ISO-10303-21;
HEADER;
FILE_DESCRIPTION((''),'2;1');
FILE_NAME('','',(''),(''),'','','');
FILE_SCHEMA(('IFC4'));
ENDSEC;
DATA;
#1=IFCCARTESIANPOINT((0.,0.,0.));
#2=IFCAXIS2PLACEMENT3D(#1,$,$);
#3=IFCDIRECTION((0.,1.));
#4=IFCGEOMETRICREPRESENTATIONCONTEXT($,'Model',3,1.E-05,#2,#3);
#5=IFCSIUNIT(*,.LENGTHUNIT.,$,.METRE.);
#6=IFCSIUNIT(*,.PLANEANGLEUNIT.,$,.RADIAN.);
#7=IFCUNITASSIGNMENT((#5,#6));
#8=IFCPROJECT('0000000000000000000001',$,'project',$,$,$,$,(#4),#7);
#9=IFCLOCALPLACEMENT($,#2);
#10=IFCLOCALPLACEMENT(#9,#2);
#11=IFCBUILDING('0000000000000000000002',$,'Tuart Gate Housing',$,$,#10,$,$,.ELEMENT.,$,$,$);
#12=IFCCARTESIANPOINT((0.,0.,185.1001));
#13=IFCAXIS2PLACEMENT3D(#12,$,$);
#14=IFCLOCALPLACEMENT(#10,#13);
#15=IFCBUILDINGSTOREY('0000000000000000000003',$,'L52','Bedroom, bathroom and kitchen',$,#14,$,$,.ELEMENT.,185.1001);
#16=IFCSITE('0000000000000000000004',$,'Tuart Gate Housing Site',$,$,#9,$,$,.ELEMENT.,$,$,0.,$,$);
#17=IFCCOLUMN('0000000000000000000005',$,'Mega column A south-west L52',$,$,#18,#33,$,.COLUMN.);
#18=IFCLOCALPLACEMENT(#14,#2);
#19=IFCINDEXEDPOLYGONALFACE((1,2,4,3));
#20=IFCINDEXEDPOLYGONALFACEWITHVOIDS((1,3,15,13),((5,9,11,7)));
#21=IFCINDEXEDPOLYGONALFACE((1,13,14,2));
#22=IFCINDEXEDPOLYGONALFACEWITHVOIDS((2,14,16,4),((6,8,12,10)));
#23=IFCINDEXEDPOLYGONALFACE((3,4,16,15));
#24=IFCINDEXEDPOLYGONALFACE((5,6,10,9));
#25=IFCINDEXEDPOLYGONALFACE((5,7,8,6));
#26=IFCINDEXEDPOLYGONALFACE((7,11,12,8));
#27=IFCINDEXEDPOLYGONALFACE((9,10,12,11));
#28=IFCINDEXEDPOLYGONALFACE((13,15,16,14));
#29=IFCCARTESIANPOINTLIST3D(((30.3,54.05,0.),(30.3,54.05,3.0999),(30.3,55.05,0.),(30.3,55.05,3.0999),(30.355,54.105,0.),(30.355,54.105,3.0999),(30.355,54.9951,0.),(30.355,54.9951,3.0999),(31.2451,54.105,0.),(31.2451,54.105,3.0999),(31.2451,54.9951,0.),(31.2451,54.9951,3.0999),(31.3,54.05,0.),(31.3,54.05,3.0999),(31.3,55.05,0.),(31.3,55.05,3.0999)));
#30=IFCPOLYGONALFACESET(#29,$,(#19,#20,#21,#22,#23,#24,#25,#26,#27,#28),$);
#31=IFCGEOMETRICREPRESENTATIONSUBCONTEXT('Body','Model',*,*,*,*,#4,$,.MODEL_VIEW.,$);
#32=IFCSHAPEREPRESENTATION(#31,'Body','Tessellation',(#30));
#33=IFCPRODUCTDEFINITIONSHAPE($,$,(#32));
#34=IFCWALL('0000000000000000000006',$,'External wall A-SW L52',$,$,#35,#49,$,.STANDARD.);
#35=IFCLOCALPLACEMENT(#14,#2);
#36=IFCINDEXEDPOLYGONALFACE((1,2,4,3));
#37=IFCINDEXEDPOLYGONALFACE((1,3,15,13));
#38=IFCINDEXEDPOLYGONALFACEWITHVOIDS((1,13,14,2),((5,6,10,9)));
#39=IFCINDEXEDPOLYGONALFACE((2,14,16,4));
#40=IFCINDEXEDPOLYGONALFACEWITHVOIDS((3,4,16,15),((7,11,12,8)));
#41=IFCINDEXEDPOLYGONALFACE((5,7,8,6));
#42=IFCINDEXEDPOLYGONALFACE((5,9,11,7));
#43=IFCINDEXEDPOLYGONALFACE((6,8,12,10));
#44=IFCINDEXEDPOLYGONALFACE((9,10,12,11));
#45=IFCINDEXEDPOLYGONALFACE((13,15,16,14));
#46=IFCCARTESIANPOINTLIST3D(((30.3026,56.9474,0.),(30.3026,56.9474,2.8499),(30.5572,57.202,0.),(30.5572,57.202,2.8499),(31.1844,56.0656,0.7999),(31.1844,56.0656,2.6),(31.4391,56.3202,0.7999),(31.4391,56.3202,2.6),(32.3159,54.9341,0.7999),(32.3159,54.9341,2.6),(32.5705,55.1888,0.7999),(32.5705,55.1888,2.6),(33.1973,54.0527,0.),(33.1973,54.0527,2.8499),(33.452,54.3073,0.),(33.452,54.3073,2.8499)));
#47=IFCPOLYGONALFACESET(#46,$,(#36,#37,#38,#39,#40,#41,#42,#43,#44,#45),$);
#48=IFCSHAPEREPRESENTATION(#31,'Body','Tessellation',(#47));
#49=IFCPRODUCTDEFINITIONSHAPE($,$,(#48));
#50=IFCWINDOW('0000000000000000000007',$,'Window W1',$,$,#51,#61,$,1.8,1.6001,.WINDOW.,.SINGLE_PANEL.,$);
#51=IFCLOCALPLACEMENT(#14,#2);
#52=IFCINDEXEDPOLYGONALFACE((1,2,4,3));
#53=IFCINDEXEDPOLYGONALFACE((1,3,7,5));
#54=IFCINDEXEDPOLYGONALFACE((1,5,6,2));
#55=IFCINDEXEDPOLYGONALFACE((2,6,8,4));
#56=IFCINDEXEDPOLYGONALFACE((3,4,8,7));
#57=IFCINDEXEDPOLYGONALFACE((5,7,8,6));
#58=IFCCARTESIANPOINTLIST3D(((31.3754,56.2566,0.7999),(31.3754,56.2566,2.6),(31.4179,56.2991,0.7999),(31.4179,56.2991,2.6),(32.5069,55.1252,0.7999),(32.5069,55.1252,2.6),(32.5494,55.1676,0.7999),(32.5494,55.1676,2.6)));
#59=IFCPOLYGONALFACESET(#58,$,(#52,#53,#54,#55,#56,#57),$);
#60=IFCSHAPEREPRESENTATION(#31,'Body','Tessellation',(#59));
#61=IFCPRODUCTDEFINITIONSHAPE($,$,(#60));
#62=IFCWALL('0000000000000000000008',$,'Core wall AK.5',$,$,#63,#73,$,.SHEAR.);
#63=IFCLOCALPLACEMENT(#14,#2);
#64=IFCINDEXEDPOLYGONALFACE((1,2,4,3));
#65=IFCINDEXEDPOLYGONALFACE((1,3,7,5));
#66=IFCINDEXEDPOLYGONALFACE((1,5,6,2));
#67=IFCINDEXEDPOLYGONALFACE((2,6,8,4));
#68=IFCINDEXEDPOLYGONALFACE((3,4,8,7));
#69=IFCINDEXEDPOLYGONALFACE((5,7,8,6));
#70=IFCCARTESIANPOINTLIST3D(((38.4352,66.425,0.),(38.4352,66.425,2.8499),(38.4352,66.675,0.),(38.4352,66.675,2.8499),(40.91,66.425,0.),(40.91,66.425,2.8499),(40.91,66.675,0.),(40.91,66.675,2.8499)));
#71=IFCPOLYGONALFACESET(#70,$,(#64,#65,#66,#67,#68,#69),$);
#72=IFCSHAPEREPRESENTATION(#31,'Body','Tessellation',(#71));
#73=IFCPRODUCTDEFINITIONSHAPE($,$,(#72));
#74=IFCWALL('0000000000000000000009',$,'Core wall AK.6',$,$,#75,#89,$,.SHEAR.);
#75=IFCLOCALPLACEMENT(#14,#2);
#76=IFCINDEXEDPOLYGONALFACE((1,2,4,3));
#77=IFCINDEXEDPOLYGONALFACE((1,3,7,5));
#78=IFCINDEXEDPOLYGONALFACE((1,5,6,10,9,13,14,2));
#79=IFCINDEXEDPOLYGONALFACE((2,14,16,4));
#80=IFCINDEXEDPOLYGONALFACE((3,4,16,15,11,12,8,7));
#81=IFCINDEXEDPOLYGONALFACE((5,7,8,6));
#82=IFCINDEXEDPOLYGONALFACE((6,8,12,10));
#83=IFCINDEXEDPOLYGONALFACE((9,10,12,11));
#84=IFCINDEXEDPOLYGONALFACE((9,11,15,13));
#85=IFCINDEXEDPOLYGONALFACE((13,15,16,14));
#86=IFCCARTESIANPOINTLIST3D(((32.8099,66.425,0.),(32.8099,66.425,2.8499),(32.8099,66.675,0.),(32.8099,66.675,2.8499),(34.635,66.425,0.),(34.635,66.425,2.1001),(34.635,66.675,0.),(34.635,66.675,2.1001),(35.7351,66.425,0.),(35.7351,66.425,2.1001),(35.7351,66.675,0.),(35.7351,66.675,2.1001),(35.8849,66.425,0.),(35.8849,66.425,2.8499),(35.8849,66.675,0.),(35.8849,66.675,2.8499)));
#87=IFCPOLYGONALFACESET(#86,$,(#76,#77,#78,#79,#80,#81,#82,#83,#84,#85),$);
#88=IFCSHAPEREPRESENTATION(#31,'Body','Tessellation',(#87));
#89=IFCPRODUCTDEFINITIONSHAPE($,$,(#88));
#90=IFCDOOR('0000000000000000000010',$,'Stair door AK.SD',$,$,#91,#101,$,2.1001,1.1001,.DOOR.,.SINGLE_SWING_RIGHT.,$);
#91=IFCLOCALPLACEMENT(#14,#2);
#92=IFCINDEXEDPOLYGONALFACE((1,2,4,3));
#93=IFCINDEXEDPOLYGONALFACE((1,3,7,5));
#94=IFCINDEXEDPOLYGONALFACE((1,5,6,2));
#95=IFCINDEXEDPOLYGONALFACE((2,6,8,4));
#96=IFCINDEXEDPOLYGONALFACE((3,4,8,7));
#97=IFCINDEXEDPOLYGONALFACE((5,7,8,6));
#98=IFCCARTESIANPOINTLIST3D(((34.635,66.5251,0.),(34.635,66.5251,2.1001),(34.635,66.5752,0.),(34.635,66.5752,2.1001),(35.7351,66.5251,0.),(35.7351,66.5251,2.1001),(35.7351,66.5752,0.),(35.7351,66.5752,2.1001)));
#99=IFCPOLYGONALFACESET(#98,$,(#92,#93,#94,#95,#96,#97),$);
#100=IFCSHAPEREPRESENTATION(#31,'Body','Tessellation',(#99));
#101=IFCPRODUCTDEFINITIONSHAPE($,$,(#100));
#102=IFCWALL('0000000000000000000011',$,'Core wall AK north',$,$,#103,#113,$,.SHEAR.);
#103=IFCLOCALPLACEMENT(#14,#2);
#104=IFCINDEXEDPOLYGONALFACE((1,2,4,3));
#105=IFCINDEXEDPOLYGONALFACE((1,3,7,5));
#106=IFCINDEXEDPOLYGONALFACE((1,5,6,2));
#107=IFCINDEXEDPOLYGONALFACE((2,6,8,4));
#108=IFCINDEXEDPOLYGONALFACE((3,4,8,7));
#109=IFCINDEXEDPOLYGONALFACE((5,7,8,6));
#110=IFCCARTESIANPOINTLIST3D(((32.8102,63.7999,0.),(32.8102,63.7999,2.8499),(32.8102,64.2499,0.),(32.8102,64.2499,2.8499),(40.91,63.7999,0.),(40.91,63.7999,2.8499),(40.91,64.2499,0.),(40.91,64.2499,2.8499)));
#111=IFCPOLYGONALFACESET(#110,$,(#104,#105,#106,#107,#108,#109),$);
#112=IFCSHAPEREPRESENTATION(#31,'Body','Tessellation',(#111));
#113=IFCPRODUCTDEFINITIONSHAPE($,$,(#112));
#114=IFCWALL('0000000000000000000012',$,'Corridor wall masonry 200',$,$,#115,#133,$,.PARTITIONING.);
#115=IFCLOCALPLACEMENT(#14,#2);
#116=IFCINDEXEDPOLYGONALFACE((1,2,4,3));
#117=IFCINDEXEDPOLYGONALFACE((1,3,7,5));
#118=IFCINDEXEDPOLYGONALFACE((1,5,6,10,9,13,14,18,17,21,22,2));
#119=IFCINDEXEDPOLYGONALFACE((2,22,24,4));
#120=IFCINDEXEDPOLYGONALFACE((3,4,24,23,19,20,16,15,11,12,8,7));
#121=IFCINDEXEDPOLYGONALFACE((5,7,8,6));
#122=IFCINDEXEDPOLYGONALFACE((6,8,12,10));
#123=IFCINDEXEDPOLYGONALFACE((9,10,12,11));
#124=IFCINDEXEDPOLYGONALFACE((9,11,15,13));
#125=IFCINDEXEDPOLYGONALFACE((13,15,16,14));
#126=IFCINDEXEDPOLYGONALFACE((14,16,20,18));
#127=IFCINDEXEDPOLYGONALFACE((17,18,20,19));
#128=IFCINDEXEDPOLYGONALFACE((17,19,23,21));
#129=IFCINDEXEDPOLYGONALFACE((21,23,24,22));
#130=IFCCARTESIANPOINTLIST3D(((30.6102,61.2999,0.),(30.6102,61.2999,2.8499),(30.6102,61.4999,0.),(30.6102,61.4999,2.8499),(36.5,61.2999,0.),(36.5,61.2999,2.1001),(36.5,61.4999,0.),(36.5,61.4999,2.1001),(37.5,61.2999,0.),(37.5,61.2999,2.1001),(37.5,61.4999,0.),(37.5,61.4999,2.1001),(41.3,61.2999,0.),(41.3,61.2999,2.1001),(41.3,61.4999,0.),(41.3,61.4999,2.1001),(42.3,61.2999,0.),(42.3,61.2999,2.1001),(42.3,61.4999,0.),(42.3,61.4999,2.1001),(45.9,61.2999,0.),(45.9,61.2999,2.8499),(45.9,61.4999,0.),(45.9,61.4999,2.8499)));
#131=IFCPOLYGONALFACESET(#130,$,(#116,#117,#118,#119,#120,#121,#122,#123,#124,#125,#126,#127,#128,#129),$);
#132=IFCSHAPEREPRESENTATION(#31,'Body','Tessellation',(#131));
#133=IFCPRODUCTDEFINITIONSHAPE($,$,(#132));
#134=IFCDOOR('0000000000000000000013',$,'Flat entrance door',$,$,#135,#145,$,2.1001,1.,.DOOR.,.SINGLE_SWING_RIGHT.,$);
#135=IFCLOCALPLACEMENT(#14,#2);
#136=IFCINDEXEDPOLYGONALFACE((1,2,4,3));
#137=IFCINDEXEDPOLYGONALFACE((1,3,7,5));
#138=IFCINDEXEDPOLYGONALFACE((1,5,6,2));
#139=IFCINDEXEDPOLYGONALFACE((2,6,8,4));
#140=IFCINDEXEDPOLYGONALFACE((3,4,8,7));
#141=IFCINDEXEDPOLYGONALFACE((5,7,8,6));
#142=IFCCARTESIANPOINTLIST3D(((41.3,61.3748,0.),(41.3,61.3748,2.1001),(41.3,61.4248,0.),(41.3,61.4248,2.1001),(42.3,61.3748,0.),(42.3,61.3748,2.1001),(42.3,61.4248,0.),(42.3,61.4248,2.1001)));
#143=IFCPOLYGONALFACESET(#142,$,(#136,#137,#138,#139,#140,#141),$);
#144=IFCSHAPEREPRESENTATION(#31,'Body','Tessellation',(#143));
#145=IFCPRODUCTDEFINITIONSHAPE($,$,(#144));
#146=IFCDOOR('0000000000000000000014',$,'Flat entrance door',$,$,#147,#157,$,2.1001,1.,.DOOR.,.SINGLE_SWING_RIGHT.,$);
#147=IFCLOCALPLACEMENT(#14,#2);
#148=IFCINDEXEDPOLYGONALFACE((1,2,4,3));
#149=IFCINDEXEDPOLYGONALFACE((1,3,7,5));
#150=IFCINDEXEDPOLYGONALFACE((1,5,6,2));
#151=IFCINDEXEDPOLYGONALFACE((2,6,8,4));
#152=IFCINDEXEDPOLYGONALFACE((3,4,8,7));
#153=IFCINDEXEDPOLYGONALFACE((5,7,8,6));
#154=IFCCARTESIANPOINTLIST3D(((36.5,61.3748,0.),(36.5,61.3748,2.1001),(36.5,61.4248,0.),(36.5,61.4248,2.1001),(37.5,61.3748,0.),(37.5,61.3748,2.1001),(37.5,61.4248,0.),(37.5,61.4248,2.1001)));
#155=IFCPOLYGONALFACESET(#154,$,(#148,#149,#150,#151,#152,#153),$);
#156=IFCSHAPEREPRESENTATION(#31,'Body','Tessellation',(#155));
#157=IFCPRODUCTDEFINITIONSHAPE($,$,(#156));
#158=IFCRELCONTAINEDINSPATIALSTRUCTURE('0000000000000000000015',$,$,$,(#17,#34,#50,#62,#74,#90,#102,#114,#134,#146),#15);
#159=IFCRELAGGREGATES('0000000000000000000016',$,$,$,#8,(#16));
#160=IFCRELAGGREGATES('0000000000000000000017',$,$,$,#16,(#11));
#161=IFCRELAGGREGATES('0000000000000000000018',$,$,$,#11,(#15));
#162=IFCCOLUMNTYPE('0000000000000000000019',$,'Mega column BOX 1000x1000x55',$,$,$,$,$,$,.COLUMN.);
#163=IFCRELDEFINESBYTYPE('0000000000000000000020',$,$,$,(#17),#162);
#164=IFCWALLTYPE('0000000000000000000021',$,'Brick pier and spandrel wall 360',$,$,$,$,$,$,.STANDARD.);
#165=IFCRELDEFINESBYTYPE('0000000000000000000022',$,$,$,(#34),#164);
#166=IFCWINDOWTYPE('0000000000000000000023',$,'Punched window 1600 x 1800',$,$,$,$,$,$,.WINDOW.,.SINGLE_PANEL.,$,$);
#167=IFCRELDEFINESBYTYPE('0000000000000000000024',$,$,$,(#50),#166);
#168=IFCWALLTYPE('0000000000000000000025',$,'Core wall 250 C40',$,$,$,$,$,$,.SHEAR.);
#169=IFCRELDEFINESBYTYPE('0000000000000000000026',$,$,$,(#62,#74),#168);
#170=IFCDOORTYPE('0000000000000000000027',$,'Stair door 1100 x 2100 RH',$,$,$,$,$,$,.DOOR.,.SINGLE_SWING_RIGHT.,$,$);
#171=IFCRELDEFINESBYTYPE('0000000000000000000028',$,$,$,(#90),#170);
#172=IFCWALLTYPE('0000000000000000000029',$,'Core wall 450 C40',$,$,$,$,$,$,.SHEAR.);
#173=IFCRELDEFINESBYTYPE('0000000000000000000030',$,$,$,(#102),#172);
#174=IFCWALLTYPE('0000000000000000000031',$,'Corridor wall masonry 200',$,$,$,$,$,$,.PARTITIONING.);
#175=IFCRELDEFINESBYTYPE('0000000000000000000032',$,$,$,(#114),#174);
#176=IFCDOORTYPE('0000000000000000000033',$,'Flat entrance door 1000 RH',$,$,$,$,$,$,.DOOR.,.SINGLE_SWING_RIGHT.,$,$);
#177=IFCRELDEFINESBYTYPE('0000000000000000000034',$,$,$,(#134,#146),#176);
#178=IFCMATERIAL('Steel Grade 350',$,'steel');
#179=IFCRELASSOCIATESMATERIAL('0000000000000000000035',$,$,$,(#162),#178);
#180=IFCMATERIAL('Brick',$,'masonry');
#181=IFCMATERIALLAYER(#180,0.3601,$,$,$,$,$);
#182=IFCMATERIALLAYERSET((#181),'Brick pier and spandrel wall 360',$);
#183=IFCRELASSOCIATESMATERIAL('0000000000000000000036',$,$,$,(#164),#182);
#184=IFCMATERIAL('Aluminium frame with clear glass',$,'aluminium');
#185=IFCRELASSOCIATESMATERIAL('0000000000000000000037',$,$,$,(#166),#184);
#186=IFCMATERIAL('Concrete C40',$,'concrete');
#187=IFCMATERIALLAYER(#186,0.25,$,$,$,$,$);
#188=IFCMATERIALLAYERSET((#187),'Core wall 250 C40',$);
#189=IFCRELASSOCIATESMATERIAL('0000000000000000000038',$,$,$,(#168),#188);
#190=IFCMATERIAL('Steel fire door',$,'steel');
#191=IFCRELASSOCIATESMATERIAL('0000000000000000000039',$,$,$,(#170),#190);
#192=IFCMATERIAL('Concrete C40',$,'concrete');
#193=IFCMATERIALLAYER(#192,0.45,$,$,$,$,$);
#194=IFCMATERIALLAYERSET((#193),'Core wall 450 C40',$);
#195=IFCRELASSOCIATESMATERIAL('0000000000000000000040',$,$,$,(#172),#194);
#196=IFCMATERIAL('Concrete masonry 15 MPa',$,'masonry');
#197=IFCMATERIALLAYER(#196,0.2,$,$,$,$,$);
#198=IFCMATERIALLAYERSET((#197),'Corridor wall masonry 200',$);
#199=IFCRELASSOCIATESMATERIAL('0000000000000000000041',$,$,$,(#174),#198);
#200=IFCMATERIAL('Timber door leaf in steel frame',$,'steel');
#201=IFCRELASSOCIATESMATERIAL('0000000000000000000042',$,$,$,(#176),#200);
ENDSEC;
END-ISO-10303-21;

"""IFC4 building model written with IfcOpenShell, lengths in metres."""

from ifc_helpers import new_model, si_unit, direction, frame, frame_2d, origin, origin_2d, place, context, subcontext, project, spatial, rectangle, hollow_rectangle, extrude, material, layer, layer_set, material_profile, profile_set, type_object, element, fill, save


model = new_model("IFC4")

# Units and contexts
model_context = context("Model", 3, precision=1e-05, world=origin(), true_north=direction((0.0, 1.0)))
body_context = subcontext(model_context, "Body", "Model", "MODEL_VIEW")
ifc_project = project(units=[si_unit("LENGTHUNIT", "METRE"), si_unit("PLANEANGLEUNIT", "RADIAN")], contexts=[model_context])

# Site, building, storey
site_placement = place(None, origin())
site = spatial("IfcSite", under=ifc_project, at=site_placement, Name="Tuart Gate Housing Site", CompositionType="ELEMENT", RefElevation=0.0)
building_placement = place(site_placement, origin())
building = spatial("IfcBuilding", under=site, at=building_placement, Name="Tuart Gate Housing", CompositionType="ELEMENT")
storey_placement = place(building_placement, frame((0.0, 0.0, 185.1001)))
storey = spatial("IfcBuildingStorey", under=building, at=storey_placement, Name="L52", Description="Bedroom, bathroom and kitchen", CompositionType="ELEMENT", Elevation=185.1001)

# Column
ifc_material_1 = material(Name="Steel Grade 350", Category="steel")
ifc_material_profile = material_profile(ifc_material_1, hollow_rectangle(XDim=1.0, YDim=1.0, WallThickness=0.0549, at=origin_2d()), Name="BOX 1000x1000x55")
ifc_profile_set = profile_set([ifc_material_profile], Name="Steel Grade 350")
column_type = type_object("IfcColumnType", Name="Mega column BOX 1000x1000x55", PredefinedType="COLUMN", material=ifc_profile_set)
column_placement = place(storey_placement, frame((30.8, 54.55, 0.0), z_axis=(0.0, 0.0, 1.0), x_axis=(1.0, 0.0, 0.0)))
element("IfcColumn", 1, at=column_placement, inside=storey, type_object=column_type, Name="Mega column A south-west L52", PredefinedType="COLUMN", context=body_context, shape_type="SweptSolid", body=[
    extrude(hollow_rectangle(XDim=1.0, YDim=1.0, WallThickness=0.0549, at=origin_2d()), origin(), (0.0, 0.0, 1.0), 3.0999),
])

# Wall, opening, window
ifc_material_2 = material(Name="Brick", Category="masonry")
ifc_layer_1 = layer(ifc_material_2, 0.3601)
ifc_layer_set_1 = layer_set([ifc_layer_1], Name="Brick pier and spandrel wall 360")
wall_type_1 = type_object("IfcWallType", Name="Brick pier and spandrel wall 360", PredefinedType="STANDARD", material=ifc_layer_set_1)
wall_1_placement = place(storey_placement, frame((30.4299, 57.0747, 0.0), z_axis=(0.0, 0.0, 1.0), x_axis=(0.707107, -0.707107, 0.0)))
wall_1 = element("IfcWall", 2, at=wall_1_placement, inside=storey, type_object=wall_type_1, Name="External wall A-SW L52", PredefinedType="STANDARD", context=body_context, shape_type="SweptSolid", body=[
    extrude(rectangle(XDim=4.0938, YDim=0.3601, at=frame_2d((2.0469, 0.0))), origin(), (0.0, 0.0, 1.0), 2.8499),
])
opening_1_placement = place(wall_1_placement, frame((1.2471, 0.0, 0.8)))
opening_1 = element("IfcOpeningElement", 3, at=opening_1_placement, cuts=wall_1, PredefinedType="OPENING", context=body_context, shape_type="SweptSolid", body=[
    extrude(rectangle(XDim=1.6001, YDim=1.8, at=frame_2d((0.8, 0.8999))), frame((0.0, 0.1899, 0.0), z_axis=(0.0, -1.0, 0.0), x_axis=(1.0, 0.0, 0.0)), (0.0, 0.0, 1.0), 0.3801),
])
ifc_material_3 = material(Name="Aluminium frame with clear glass", Category="aluminium")
window_type = type_object("IfcWindowType", Name="Punched window 1600 x 1800", PartitioningType="SINGLE_PANEL", PredefinedType="WINDOW", material=ifc_material_3)
window_placement = place(opening_1_placement, origin())
window = element("IfcWindow", 4, at=window_placement, inside=storey, type_object=window_type, Name="Window W1", OverallHeight=1.8, OverallWidth=1.6001, PartitioningType="SINGLE_PANEL", PredefinedType="WINDOW", context=body_context, shape_type="SweptSolid", body=[
    extrude(rectangle(XDim=1.6001, YDim=1.8, at=frame_2d((0.8, 0.8999))), frame((0.0, 0.1501, 0.0), z_axis=(0.0, -1.0, 0.0), x_axis=(1.0, 0.0, 0.0)), (0.0, 0.0, 1.0), 0.0601),
])
fill(opening_1, window)

# Wall
ifc_material_4 = material(Name="Concrete C40", Category="concrete")
ifc_layer_2 = layer(ifc_material_4, 0.25)
ifc_layer_set_2 = layer_set([ifc_layer_2], Name="Core wall 250 C40")
wall_type_2 = type_object("IfcWallType", Name="Core wall 250 C40", PredefinedType="SHEAR", material=ifc_layer_set_2)
wall_2_placement = place(storey_placement, frame((40.9099, 66.55, 0.0), z_axis=(0.0, 0.0, 1.0), x_axis=(-1.0, 0.0, 0.0)))
element("IfcWall", 5, at=wall_2_placement, inside=storey, type_object=wall_type_2, Name="Core wall AK.5", PredefinedType="SHEAR", context=body_context, shape_type="SweptSolid", body=[
    extrude(rectangle(XDim=2.4749, YDim=0.25, at=frame_2d((1.2373, 0.0))), origin(), (0.0, 0.0, 1.0), 2.8499),
])

# Wall, opening, door
wall_3_placement = place(storey_placement, frame((35.885, 66.55, 0.0), z_axis=(0.0, 0.0, 1.0), x_axis=(-1.0, 0.0, 0.0)))
wall_3 = element("IfcWall", 6, at=wall_3_placement, inside=storey, type_object=wall_type_2, Name="Core wall AK.6", PredefinedType="SHEAR", context=body_context, shape_type="SweptSolid", body=[
    extrude(rectangle(XDim=3.075, YDim=0.25, at=frame_2d((1.5376, 0.0))), origin(), (0.0, 0.0, 1.0), 2.8499),
])
opening_2_placement = place(wall_3_placement, frame((0.1499, 0.0, 0.0)))
opening_2 = element("IfcOpeningElement", 7, at=opening_2_placement, cuts=wall_3, PredefinedType="OPENING", context=body_context, shape_type="SweptSolid", body=[
    extrude(rectangle(XDim=1.1001, YDim=2.1001, at=frame_2d((0.55, 1.05))), frame((0.0, 0.135, 0.0), z_axis=(0.0, -1.0, 0.0), x_axis=(1.0, 0.0, 0.0)), (0.0, 0.0, 1.0), 0.27),
])
ifc_material_5 = material(Name="Steel fire door", Category="steel")
door_type_1 = type_object("IfcDoorType", Name="Stair door 1100 x 2100 RH", OperationType="SINGLE_SWING_RIGHT", PredefinedType="DOOR", material=ifc_material_5)
door_1_placement = place(opening_2_placement, frame((1.1001, 0.0, 0.0), z_axis=(0.0, 0.0, 1.0), x_axis=(-1.0, 0.0, 0.0)))
door_1 = element("IfcDoor", 8, at=door_1_placement, inside=storey, type_object=door_type_1, Name="Stair door AK.SD", OperationType="SINGLE_SWING_RIGHT", OverallHeight=2.1001, OverallWidth=1.1001, PredefinedType="DOOR", context=body_context, shape_type="SweptSolid", body=[
    extrude(rectangle(XDim=1.1001, YDim=2.1001, at=frame_2d((0.55, 1.05))), frame((0.0, 0.0251, 0.0), z_axis=(0.0, -1.0, 0.0), x_axis=(1.0, 0.0, 0.0)), (0.0, 0.0, 1.0), 0.05),
])
fill(opening_2, door_1)

# Wall
ifc_material_6 = material(Name="Concrete C40", Category="concrete")
ifc_layer_3 = layer(ifc_material_6, 0.45)
ifc_layer_set_3 = layer_set([ifc_layer_3], Name="Core wall 450 C40")
wall_type_3 = type_object("IfcWallType", Name="Core wall 450 C40", PredefinedType="SHEAR", material=ifc_layer_set_3)
wall_4_placement = place(storey_placement, frame((40.9099, 64.0249, 0.0), z_axis=(0.0, 0.0, 1.0), x_axis=(-1.0, 0.0, 0.0)))
element("IfcWall", 9, at=wall_4_placement, inside=storey, type_object=wall_type_3, Name="Core wall AK north", PredefinedType="SHEAR", context=body_context, shape_type="SweptSolid", body=[
    extrude(rectangle(XDim=8.0999, YDim=0.45, at=frame_2d((4.0498, 0.0))), origin(), (0.0, 0.0, 1.0), 2.8499),
])

# Wall, openings, doors
ifc_material_7 = material(Name="Concrete masonry 15 MPa", Category="masonry")
ifc_layer_4 = layer(ifc_material_7, 0.2)
ifc_layer_set_4 = layer_set([ifc_layer_4], Name="Corridor wall masonry 200")
wall_type_4 = type_object("IfcWallType", Name="Corridor wall masonry 200", PredefinedType="PARTITIONING", material=ifc_layer_set_4)
wall_5_placement = place(storey_placement, frame((30.6101, 61.3999, 0.0), z_axis=(0.0, 0.0, 1.0), x_axis=(1.0, 0.0, 0.0)))
wall_5 = element("IfcWall", 10, at=wall_5_placement, inside=storey, type_object=wall_type_4, Name="Corridor wall masonry 200", PredefinedType="PARTITIONING", context=body_context, shape_type="SweptSolid", body=[
    extrude(rectangle(XDim=15.2898, YDim=0.2, at=frame_2d((7.645, 0.0))), origin(), (0.0, 0.0, 1.0), 2.8499),
])
opening_3_placement = place(wall_5_placement, frame((10.6899, 0.0, 0.0)))
opening_3 = element("IfcOpeningElement", 11, at=opening_3_placement, cuts=wall_5, PredefinedType="OPENING", context=body_context, shape_type="SweptSolid", body=[
    extrude(rectangle(XDim=1.0, YDim=2.1001, at=frame_2d((0.5, 1.05))), frame((0.0, 0.1099, 0.0), z_axis=(0.0, -1.0, 0.0), x_axis=(1.0, 0.0, 0.0)), (0.0, 0.0, 1.0), 0.22),
])
opening_4_placement = place(wall_5_placement, frame((5.8899, 0.0, 0.0)))
opening_4 = element("IfcOpeningElement", 12, at=opening_4_placement, cuts=wall_5, PredefinedType="OPENING", context=body_context, shape_type="SweptSolid", body=[
    extrude(rectangle(XDim=1.0, YDim=2.1001, at=frame_2d((0.5, 1.05))), frame((0.0, 0.1099, 0.0), z_axis=(0.0, -1.0, 0.0), x_axis=(1.0, 0.0, 0.0)), (0.0, 0.0, 1.0), 0.22),
])
ifc_material_8 = material(Name="Timber door leaf in steel frame", Category="steel")
door_type_2 = type_object("IfcDoorType", Name="Flat entrance door 1000 RH", OperationType="SINGLE_SWING_RIGHT", PredefinedType="DOOR", material=ifc_material_8)
door_2_placement = place(opening_3_placement, frame((1.0, 0.0, 0.0), z_axis=(0.0, 0.0, 1.0), x_axis=(-1.0, 0.0, 0.0)))
door_2 = element("IfcDoor", 13, at=door_2_placement, inside=storey, type_object=door_type_2, Name="Flat entrance door", OperationType="SINGLE_SWING_RIGHT", OverallHeight=2.1001, OverallWidth=1.0, PredefinedType="DOOR", context=body_context, shape_type="SweptSolid", body=[
    extrude(rectangle(XDim=1.0, YDim=2.1001, at=frame_2d((0.5, 1.05))), frame((0.0, 0.0251, 0.0), z_axis=(0.0, -1.0, 0.0), x_axis=(1.0, 0.0, 0.0)), (0.0, 0.0, 1.0), 0.05),
])
fill(opening_3, door_2)
door_3_placement = place(opening_4_placement, frame((1.0, 0.0, 0.0), z_axis=(0.0, 0.0, 1.0), x_axis=(-1.0, 0.0, 0.0)))
door_3 = element("IfcDoor", 14, at=door_3_placement, inside=storey, type_object=door_type_2, Name="Flat entrance door", OperationType="SINGLE_SWING_RIGHT", OverallHeight=2.1001, OverallWidth=1.0, PredefinedType="DOOR", context=body_context, shape_type="SweptSolid", body=[
    extrude(rectangle(XDim=1.0, YDim=2.1001, at=frame_2d((0.5, 1.05))), frame((0.0, 0.0251, 0.0), z_axis=(0.0, -1.0, 0.0), x_axis=(1.0, 0.0, 0.0)), (0.0, 0.0, 1.0), 0.05),
])
fill(opening_4, door_3)

save(model, "model.ifc")
